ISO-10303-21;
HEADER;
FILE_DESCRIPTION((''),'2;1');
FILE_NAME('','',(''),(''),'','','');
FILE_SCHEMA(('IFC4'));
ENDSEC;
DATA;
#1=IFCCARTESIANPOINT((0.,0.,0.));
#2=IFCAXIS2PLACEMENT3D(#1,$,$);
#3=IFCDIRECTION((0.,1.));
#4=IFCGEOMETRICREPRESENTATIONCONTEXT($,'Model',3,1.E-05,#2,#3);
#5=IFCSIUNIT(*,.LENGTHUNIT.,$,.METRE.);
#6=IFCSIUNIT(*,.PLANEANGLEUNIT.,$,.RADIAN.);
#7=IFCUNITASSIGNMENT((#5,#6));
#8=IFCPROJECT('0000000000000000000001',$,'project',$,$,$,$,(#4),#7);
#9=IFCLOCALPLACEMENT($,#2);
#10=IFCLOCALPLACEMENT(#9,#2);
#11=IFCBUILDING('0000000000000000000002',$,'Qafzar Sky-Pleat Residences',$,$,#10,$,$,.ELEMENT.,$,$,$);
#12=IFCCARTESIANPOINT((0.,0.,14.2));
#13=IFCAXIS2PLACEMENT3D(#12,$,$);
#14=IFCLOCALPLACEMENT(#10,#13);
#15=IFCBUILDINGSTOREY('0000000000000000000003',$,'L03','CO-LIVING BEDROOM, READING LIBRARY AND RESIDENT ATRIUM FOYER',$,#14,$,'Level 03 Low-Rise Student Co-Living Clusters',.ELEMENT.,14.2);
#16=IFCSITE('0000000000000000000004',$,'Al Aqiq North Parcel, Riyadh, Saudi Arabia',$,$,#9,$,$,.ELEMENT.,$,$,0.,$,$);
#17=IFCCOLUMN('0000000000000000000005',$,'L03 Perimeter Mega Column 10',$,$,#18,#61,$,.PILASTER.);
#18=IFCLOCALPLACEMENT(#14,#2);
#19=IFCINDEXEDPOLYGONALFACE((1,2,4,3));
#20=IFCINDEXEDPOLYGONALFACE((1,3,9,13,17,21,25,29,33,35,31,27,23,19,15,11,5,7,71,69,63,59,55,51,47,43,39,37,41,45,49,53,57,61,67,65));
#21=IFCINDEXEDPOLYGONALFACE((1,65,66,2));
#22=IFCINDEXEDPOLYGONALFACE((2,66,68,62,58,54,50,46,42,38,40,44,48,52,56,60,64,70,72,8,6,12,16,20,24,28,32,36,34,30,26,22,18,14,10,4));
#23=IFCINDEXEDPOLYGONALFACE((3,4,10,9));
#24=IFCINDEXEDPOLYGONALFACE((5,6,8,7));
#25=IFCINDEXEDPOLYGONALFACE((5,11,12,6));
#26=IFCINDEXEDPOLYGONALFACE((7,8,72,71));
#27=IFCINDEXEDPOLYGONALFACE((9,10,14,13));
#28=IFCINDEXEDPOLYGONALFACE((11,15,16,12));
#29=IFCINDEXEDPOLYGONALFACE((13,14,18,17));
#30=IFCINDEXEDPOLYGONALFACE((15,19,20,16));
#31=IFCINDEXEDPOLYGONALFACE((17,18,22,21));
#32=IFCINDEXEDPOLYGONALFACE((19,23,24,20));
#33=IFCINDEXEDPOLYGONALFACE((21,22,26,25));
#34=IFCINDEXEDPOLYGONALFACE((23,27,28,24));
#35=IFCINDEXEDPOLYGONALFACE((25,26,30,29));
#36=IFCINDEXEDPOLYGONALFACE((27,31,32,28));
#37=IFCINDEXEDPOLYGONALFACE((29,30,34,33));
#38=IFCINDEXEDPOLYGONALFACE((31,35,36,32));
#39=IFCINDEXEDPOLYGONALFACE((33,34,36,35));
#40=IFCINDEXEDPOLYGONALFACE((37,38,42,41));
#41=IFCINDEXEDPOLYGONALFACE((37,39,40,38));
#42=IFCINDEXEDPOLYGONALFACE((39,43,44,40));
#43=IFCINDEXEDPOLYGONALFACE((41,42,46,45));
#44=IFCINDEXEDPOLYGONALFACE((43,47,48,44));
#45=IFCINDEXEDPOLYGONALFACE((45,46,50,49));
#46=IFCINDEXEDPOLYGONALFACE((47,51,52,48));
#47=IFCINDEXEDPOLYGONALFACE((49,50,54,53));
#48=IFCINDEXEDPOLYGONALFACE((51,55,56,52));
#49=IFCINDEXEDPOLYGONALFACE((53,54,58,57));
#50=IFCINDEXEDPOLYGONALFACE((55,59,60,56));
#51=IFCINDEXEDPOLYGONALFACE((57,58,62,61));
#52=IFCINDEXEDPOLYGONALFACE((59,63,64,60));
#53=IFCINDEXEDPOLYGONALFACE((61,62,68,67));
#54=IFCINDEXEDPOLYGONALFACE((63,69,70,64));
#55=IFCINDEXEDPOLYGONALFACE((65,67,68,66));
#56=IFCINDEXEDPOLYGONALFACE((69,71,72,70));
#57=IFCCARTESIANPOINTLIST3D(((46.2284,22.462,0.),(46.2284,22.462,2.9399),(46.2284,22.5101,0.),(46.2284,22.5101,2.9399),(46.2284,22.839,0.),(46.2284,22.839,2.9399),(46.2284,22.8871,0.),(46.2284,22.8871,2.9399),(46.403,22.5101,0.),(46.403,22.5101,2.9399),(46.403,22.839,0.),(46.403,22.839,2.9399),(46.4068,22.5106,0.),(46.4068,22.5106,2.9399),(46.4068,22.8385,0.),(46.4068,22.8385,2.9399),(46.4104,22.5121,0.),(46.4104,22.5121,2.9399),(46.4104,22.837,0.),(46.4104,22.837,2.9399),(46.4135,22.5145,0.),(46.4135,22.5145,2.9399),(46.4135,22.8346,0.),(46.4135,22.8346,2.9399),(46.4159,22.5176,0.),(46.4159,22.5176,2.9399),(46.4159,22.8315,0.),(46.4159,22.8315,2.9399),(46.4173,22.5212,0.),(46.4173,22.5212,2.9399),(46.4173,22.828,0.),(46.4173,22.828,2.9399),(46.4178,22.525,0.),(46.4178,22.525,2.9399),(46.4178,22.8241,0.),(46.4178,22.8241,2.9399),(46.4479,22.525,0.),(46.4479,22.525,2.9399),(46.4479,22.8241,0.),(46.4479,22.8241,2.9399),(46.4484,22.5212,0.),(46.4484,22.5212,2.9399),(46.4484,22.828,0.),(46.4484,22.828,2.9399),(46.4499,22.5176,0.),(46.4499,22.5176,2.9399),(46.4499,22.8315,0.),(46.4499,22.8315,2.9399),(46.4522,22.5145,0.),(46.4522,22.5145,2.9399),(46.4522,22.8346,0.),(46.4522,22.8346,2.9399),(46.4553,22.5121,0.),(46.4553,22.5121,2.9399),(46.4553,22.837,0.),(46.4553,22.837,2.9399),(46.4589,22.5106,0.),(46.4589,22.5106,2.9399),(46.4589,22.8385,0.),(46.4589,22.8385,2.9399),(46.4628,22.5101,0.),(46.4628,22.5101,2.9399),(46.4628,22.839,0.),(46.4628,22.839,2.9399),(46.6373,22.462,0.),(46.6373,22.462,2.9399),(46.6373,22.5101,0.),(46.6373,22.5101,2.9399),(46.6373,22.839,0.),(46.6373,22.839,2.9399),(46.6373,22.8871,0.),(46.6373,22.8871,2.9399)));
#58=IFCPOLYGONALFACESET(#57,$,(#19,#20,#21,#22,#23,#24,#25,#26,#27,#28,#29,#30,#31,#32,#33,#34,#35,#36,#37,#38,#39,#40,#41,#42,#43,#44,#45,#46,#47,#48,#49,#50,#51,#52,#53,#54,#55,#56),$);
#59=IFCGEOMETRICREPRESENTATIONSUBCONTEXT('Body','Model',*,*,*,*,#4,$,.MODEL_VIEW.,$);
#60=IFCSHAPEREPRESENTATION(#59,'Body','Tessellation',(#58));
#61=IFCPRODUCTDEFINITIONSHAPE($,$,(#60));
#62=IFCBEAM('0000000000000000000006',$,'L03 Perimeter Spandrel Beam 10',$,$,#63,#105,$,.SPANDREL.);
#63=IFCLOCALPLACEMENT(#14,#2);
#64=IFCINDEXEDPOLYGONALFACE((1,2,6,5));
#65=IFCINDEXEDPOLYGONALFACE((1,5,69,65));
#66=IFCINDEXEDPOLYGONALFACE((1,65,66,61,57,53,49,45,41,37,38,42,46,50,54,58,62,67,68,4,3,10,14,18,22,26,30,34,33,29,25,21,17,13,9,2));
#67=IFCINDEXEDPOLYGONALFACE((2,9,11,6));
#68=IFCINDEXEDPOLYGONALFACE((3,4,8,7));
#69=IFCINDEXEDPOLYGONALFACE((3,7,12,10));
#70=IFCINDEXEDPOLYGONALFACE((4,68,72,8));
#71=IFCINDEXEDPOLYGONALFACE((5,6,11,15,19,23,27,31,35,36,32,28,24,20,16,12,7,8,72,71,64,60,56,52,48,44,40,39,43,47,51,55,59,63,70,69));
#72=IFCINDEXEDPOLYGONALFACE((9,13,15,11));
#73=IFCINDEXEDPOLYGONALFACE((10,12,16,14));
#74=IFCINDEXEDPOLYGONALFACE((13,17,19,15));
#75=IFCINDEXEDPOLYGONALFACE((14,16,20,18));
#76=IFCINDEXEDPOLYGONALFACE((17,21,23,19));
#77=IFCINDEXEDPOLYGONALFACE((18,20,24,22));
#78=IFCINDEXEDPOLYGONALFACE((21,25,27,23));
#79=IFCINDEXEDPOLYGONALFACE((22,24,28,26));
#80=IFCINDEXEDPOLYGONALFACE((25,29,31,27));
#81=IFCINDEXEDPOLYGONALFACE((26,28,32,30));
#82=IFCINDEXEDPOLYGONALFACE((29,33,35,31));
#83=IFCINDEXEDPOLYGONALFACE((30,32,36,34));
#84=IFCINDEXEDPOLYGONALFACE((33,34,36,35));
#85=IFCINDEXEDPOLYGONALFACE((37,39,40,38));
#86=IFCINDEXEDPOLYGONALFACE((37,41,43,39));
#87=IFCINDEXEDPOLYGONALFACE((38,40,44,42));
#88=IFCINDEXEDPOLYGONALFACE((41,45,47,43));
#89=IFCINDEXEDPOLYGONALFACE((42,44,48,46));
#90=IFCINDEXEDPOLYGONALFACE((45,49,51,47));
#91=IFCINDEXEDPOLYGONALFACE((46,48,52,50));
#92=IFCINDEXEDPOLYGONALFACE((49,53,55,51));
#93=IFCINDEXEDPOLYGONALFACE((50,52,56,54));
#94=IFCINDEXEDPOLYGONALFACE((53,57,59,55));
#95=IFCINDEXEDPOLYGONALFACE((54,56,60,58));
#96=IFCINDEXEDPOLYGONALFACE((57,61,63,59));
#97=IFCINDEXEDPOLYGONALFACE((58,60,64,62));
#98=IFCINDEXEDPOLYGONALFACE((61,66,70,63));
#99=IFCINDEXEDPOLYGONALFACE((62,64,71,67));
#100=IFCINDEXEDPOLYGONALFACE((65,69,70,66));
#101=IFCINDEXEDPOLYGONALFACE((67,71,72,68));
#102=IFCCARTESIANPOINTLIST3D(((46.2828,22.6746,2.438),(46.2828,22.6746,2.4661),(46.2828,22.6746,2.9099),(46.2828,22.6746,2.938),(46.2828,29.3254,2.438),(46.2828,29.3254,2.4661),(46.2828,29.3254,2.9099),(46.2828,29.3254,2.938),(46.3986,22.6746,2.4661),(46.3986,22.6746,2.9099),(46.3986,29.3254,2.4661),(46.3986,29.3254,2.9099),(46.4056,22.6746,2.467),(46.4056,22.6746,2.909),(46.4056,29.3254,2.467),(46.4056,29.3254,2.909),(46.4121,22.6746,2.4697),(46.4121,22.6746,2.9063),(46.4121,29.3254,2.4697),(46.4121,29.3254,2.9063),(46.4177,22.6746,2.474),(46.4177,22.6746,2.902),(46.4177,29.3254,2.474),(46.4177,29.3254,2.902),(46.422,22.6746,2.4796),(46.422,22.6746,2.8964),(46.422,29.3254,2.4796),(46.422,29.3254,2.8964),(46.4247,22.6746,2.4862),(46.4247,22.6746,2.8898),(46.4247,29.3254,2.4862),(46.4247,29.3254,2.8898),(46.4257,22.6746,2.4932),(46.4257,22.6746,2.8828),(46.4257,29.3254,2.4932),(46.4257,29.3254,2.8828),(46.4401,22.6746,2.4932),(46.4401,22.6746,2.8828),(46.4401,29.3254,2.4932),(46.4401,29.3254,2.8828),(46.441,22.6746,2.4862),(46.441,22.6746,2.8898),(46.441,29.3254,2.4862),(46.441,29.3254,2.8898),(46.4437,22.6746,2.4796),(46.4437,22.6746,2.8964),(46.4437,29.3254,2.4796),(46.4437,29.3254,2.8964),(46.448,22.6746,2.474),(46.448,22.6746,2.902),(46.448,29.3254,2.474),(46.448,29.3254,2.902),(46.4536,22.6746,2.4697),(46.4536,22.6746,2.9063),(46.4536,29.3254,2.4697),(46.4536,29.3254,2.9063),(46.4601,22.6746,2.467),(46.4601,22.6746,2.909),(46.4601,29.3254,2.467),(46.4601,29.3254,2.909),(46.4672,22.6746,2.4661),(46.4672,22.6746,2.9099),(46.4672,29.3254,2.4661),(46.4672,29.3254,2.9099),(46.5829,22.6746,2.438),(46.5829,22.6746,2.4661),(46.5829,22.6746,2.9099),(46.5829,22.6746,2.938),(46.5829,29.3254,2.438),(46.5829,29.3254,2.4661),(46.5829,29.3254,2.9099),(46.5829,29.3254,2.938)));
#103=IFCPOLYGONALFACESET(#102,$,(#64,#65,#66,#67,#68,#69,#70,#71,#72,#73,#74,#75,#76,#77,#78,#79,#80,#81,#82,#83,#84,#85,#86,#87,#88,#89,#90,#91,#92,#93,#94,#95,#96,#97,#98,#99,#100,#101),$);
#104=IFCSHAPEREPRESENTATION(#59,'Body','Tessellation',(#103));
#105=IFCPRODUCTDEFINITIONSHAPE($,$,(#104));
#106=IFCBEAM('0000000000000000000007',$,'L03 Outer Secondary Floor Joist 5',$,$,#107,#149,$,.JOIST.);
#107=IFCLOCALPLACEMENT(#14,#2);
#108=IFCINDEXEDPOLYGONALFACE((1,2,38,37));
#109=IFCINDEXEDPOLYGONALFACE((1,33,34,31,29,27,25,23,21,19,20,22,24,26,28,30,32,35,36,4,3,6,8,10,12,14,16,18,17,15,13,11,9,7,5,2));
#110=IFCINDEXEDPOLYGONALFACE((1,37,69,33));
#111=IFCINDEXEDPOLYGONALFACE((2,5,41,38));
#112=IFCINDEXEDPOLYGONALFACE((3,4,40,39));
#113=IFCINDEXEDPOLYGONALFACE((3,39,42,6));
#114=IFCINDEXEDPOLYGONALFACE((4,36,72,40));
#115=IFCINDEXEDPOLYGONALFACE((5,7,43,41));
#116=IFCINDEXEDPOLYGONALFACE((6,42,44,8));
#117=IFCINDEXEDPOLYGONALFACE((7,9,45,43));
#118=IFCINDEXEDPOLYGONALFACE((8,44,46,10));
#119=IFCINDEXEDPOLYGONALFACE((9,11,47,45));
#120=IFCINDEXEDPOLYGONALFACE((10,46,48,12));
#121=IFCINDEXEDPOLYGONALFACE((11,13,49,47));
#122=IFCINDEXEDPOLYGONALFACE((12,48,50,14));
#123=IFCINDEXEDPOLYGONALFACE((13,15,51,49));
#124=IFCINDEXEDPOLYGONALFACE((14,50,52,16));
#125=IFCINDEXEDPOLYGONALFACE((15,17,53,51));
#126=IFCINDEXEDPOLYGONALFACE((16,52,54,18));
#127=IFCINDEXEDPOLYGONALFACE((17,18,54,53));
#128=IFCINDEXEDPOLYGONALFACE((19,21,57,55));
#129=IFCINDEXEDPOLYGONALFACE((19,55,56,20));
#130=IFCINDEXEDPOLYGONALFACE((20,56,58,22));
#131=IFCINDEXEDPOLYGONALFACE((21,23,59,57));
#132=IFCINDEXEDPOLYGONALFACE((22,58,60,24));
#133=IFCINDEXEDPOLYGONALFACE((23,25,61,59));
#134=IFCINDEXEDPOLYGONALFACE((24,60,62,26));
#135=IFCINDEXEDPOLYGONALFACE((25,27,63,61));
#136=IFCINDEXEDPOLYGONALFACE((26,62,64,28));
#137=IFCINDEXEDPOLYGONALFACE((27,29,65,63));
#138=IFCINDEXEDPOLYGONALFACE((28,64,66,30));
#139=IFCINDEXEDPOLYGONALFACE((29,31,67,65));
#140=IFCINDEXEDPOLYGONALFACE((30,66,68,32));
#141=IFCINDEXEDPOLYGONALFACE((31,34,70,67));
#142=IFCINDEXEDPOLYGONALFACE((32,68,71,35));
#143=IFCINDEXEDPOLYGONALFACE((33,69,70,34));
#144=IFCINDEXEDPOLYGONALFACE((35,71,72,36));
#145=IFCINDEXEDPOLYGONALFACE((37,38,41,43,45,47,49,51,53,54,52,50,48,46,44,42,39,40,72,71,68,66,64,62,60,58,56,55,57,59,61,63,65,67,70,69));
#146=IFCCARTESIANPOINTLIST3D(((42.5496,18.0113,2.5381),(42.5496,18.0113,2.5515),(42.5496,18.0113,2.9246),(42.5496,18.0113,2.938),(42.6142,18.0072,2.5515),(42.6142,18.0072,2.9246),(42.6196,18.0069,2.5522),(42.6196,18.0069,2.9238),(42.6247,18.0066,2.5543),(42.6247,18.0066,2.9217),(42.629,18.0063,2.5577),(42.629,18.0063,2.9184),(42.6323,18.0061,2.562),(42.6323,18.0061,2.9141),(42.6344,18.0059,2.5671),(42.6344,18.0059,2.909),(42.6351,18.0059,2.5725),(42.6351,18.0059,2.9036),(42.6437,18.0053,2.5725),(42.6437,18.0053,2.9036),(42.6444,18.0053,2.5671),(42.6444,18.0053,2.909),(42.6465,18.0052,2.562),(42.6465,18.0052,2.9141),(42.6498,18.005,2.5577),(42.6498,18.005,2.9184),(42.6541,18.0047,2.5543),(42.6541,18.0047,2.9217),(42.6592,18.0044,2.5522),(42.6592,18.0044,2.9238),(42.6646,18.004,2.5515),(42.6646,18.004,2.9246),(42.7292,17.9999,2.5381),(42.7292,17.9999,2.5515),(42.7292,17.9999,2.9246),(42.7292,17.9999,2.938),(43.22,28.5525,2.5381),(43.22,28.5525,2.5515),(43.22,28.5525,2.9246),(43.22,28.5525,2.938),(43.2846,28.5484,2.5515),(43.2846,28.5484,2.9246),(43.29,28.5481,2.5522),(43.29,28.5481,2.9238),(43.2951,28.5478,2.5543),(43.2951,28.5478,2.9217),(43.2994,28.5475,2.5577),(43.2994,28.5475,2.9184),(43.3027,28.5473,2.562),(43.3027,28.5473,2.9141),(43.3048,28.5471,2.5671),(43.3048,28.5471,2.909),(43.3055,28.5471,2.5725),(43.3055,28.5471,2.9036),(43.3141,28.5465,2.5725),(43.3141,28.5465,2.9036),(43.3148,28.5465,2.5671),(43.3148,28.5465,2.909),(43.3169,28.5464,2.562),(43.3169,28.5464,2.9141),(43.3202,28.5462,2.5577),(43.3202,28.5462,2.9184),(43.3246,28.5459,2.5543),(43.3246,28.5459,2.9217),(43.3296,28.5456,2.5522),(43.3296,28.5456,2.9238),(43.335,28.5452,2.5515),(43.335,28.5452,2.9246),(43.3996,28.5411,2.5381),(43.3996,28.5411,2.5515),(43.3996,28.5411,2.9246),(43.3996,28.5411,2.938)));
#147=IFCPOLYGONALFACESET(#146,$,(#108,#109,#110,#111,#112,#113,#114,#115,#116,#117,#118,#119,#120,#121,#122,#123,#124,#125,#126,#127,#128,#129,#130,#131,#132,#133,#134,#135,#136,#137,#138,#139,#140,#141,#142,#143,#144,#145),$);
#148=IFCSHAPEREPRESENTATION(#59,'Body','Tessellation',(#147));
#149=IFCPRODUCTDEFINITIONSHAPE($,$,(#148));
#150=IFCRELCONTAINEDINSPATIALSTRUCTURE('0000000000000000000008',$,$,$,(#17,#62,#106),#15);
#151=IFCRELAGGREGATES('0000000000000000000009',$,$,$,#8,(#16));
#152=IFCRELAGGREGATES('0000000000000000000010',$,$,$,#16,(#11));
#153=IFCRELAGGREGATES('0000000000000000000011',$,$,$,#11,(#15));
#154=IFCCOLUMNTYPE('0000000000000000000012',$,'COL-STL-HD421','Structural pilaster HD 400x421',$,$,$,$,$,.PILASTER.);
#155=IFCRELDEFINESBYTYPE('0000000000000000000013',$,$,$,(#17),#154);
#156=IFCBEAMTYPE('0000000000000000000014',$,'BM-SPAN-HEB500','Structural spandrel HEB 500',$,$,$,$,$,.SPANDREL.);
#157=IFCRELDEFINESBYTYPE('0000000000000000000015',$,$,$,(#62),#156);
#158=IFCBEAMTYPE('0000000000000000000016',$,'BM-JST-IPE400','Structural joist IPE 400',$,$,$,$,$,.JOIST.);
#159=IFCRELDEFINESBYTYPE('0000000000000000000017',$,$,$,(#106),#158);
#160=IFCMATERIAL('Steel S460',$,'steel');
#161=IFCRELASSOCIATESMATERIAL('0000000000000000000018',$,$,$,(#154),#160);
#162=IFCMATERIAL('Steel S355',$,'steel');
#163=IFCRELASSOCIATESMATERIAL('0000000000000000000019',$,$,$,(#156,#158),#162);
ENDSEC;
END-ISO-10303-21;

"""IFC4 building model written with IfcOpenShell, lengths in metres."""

from ifc_helpers import new_model, si_unit, direction, frame, origin, origin_2d, place, context, subcontext, project, spatial, i_section, extrude, source, transform, mapped, material, material_profile, profile_set, type_object, element, save


model = new_model("IFC4")

# Units and contexts
model_context = context("Model", 3, precision=1e-05, world=origin(), true_north=direction((0.0, 1.0)))
body_context = subcontext(model_context, "Body", "Model", "MODEL_VIEW")
ifc_project = project(units=[si_unit("LENGTHUNIT", "METRE"), si_unit("PLANEANGLEUNIT", "RADIAN")], contexts=[model_context])

# Site, building, storey
site_placement = place(None, origin())
site = spatial("IfcSite", under=ifc_project, at=site_placement, Name="Al Aqiq North Parcel, Riyadh, Saudi Arabia", CompositionType="ELEMENT", RefElevation=0.0)
building_placement = place(site_placement, origin())
building = spatial("IfcBuilding", under=site, at=building_placement, Name="Qafzar Sky-Pleat Residences", CompositionType="ELEMENT")
storey_placement = place(building_placement, frame((0.0, 0.0, 14.2)))
storey = spatial("IfcBuildingStorey", under=building, at=storey_placement, Name="L03", Description="CO-LIVING BEDROOM, READING LIBRARY AND RESIDENT ATRIUM FOYER", LongName="Level 03 Low-Rise Student Co-Living Clusters", CompositionType="ELEMENT", Elevation=14.2)

# Column
ifc_material_1 = material(Name="Steel S460", Category="steel")
ifc_material_profile_1 = material_profile(ifc_material_1, i_section(OverallWidth=0.4089, OverallDepth=0.425, WebThickness=0.03, FlangeThickness=0.0481, FilletRadius=0.0149, at=origin_2d()), Name="HD 400x421")
ifc_profile_set_1 = profile_set([ifc_material_profile_1], Name="Steel S460")
column_type = type_object("IfcColumnType", Name="COL-STL-HD421", Description="Structural pilaster HD 400x421", PredefinedType="PILASTER", material=ifc_profile_set_1)
shared_shape_1 = source(origin(), body_context, "Body", "SweptSolid", [
    extrude(i_section(OverallWidth=0.4089, OverallDepth=0.425, WebThickness=0.03, FlangeThickness=0.0481, FilletRadius=0.0149, at=origin_2d()), origin(), (0.0, 0.0, 1.0), 2.9399),
])
column_placement = place(storey_placement, frame((46.4329, 22.6746, 0.0), z_axis=(0.0, 0.0, 1.0), x_axis=(1.0, 0.0, 0.0)))
element("IfcColumn", 1, at=column_placement, inside=storey, type_object=column_type, Name="L03 Perimeter Mega Column 10", PredefinedType="PILASTER", context=body_context, shape_type="MappedRepresentation", body=[
    mapped(shared_shape_1, transform((0.0, 0.0, 0.0), x_axis=(1.0, 0.0, 0.0), y_axis=(0.0, 1.0, 0.0), z_axis=(0.0, 0.0, 1.0), scale=1.0)),
])

# Beams
ifc_material_2 = material(Name="Steel S355", Category="steel")
ifc_material_profile_2 = material_profile(ifc_material_2, i_section(OverallWidth=0.3, OverallDepth=0.5, WebThickness=0.0144, FlangeThickness=0.0281, FilletRadius=0.0271, at=origin_2d()), Name="HEB 500")
ifc_profile_set_2 = profile_set([ifc_material_profile_2], Name="Steel S355")
beam_type_1 = type_object("IfcBeamType", Name="BM-SPAN-HEB500", Description="Structural spandrel HEB 500", PredefinedType="SPANDREL", material=ifc_profile_set_2)
shared_shape_2 = source(origin(), body_context, "Body", "SweptSolid", [
    extrude(i_section(OverallWidth=0.3, OverallDepth=0.5, WebThickness=0.0144, FlangeThickness=0.0281, FilletRadius=0.0271, at=origin_2d()), origin(), (0.0, 0.0, 1.0), 6.6509),
])
beam_1_placement = place(storey_placement, frame((46.4329, 22.6746, 2.688), z_axis=(0.0, 1.0, 0.0), x_axis=(-1.0, 0.0, 0.0)))
element("IfcBeam", 2, at=beam_1_placement, inside=storey, type_object=beam_type_1, Name="L03 Perimeter Spandrel Beam 10", PredefinedType="SPANDREL", context=body_context, shape_type="MappedRepresentation", body=[
    mapped(shared_shape_2, transform((0.0, 0.0, 0.0), x_axis=(1.0, 0.0, 0.0), y_axis=(0.0, 1.0, 0.0), z_axis=(0.0, 0.0, 1.0), scale=1.0)),
])
ifc_material_profile_3 = material_profile(ifc_material_2, i_section(OverallWidth=0.1799, OverallDepth=0.3999, WebThickness=0.0085, FlangeThickness=0.0134, FilletRadius=0.021, at=origin_2d()), Name="IPE 400")
ifc_profile_set_3 = profile_set([ifc_material_profile_3], Name="Steel S355")
beam_type_2 = type_object("IfcBeamType", Name="BM-JST-IPE400", Description="Structural joist IPE 400", PredefinedType="JOIST", material=ifc_profile_set_3)
shared_shape_3 = source(origin(), body_context, "Body", "SweptSolid", [
    extrude(i_section(OverallWidth=0.1799, OverallDepth=0.3999, WebThickness=0.0085, FlangeThickness=0.0134, FilletRadius=0.021, at=origin_2d()), origin(), (0.0, 0.0, 1.0), 10.5625),
])
beam_2_placement = place(storey_placement, frame((42.6394, 18.0056, 2.738), z_axis=(0.06347, 0.997984, 0.0), x_axis=(-0.997984, 0.06347, 0.0)))
element("IfcBeam", 3, at=beam_2_placement, inside=storey, type_object=beam_type_2, Name="L03 Outer Secondary Floor Joist 5", PredefinedType="JOIST", context=body_context, shape_type="MappedRepresentation", body=[
    mapped(shared_shape_3, transform((0.0, 0.0, 0.0), x_axis=(1.0, 0.0, 0.0), y_axis=(0.0, 1.0, 0.0), z_axis=(0.0, 0.0, 1.0), scale=1.0)),
])

save(model, "model.ifc")
